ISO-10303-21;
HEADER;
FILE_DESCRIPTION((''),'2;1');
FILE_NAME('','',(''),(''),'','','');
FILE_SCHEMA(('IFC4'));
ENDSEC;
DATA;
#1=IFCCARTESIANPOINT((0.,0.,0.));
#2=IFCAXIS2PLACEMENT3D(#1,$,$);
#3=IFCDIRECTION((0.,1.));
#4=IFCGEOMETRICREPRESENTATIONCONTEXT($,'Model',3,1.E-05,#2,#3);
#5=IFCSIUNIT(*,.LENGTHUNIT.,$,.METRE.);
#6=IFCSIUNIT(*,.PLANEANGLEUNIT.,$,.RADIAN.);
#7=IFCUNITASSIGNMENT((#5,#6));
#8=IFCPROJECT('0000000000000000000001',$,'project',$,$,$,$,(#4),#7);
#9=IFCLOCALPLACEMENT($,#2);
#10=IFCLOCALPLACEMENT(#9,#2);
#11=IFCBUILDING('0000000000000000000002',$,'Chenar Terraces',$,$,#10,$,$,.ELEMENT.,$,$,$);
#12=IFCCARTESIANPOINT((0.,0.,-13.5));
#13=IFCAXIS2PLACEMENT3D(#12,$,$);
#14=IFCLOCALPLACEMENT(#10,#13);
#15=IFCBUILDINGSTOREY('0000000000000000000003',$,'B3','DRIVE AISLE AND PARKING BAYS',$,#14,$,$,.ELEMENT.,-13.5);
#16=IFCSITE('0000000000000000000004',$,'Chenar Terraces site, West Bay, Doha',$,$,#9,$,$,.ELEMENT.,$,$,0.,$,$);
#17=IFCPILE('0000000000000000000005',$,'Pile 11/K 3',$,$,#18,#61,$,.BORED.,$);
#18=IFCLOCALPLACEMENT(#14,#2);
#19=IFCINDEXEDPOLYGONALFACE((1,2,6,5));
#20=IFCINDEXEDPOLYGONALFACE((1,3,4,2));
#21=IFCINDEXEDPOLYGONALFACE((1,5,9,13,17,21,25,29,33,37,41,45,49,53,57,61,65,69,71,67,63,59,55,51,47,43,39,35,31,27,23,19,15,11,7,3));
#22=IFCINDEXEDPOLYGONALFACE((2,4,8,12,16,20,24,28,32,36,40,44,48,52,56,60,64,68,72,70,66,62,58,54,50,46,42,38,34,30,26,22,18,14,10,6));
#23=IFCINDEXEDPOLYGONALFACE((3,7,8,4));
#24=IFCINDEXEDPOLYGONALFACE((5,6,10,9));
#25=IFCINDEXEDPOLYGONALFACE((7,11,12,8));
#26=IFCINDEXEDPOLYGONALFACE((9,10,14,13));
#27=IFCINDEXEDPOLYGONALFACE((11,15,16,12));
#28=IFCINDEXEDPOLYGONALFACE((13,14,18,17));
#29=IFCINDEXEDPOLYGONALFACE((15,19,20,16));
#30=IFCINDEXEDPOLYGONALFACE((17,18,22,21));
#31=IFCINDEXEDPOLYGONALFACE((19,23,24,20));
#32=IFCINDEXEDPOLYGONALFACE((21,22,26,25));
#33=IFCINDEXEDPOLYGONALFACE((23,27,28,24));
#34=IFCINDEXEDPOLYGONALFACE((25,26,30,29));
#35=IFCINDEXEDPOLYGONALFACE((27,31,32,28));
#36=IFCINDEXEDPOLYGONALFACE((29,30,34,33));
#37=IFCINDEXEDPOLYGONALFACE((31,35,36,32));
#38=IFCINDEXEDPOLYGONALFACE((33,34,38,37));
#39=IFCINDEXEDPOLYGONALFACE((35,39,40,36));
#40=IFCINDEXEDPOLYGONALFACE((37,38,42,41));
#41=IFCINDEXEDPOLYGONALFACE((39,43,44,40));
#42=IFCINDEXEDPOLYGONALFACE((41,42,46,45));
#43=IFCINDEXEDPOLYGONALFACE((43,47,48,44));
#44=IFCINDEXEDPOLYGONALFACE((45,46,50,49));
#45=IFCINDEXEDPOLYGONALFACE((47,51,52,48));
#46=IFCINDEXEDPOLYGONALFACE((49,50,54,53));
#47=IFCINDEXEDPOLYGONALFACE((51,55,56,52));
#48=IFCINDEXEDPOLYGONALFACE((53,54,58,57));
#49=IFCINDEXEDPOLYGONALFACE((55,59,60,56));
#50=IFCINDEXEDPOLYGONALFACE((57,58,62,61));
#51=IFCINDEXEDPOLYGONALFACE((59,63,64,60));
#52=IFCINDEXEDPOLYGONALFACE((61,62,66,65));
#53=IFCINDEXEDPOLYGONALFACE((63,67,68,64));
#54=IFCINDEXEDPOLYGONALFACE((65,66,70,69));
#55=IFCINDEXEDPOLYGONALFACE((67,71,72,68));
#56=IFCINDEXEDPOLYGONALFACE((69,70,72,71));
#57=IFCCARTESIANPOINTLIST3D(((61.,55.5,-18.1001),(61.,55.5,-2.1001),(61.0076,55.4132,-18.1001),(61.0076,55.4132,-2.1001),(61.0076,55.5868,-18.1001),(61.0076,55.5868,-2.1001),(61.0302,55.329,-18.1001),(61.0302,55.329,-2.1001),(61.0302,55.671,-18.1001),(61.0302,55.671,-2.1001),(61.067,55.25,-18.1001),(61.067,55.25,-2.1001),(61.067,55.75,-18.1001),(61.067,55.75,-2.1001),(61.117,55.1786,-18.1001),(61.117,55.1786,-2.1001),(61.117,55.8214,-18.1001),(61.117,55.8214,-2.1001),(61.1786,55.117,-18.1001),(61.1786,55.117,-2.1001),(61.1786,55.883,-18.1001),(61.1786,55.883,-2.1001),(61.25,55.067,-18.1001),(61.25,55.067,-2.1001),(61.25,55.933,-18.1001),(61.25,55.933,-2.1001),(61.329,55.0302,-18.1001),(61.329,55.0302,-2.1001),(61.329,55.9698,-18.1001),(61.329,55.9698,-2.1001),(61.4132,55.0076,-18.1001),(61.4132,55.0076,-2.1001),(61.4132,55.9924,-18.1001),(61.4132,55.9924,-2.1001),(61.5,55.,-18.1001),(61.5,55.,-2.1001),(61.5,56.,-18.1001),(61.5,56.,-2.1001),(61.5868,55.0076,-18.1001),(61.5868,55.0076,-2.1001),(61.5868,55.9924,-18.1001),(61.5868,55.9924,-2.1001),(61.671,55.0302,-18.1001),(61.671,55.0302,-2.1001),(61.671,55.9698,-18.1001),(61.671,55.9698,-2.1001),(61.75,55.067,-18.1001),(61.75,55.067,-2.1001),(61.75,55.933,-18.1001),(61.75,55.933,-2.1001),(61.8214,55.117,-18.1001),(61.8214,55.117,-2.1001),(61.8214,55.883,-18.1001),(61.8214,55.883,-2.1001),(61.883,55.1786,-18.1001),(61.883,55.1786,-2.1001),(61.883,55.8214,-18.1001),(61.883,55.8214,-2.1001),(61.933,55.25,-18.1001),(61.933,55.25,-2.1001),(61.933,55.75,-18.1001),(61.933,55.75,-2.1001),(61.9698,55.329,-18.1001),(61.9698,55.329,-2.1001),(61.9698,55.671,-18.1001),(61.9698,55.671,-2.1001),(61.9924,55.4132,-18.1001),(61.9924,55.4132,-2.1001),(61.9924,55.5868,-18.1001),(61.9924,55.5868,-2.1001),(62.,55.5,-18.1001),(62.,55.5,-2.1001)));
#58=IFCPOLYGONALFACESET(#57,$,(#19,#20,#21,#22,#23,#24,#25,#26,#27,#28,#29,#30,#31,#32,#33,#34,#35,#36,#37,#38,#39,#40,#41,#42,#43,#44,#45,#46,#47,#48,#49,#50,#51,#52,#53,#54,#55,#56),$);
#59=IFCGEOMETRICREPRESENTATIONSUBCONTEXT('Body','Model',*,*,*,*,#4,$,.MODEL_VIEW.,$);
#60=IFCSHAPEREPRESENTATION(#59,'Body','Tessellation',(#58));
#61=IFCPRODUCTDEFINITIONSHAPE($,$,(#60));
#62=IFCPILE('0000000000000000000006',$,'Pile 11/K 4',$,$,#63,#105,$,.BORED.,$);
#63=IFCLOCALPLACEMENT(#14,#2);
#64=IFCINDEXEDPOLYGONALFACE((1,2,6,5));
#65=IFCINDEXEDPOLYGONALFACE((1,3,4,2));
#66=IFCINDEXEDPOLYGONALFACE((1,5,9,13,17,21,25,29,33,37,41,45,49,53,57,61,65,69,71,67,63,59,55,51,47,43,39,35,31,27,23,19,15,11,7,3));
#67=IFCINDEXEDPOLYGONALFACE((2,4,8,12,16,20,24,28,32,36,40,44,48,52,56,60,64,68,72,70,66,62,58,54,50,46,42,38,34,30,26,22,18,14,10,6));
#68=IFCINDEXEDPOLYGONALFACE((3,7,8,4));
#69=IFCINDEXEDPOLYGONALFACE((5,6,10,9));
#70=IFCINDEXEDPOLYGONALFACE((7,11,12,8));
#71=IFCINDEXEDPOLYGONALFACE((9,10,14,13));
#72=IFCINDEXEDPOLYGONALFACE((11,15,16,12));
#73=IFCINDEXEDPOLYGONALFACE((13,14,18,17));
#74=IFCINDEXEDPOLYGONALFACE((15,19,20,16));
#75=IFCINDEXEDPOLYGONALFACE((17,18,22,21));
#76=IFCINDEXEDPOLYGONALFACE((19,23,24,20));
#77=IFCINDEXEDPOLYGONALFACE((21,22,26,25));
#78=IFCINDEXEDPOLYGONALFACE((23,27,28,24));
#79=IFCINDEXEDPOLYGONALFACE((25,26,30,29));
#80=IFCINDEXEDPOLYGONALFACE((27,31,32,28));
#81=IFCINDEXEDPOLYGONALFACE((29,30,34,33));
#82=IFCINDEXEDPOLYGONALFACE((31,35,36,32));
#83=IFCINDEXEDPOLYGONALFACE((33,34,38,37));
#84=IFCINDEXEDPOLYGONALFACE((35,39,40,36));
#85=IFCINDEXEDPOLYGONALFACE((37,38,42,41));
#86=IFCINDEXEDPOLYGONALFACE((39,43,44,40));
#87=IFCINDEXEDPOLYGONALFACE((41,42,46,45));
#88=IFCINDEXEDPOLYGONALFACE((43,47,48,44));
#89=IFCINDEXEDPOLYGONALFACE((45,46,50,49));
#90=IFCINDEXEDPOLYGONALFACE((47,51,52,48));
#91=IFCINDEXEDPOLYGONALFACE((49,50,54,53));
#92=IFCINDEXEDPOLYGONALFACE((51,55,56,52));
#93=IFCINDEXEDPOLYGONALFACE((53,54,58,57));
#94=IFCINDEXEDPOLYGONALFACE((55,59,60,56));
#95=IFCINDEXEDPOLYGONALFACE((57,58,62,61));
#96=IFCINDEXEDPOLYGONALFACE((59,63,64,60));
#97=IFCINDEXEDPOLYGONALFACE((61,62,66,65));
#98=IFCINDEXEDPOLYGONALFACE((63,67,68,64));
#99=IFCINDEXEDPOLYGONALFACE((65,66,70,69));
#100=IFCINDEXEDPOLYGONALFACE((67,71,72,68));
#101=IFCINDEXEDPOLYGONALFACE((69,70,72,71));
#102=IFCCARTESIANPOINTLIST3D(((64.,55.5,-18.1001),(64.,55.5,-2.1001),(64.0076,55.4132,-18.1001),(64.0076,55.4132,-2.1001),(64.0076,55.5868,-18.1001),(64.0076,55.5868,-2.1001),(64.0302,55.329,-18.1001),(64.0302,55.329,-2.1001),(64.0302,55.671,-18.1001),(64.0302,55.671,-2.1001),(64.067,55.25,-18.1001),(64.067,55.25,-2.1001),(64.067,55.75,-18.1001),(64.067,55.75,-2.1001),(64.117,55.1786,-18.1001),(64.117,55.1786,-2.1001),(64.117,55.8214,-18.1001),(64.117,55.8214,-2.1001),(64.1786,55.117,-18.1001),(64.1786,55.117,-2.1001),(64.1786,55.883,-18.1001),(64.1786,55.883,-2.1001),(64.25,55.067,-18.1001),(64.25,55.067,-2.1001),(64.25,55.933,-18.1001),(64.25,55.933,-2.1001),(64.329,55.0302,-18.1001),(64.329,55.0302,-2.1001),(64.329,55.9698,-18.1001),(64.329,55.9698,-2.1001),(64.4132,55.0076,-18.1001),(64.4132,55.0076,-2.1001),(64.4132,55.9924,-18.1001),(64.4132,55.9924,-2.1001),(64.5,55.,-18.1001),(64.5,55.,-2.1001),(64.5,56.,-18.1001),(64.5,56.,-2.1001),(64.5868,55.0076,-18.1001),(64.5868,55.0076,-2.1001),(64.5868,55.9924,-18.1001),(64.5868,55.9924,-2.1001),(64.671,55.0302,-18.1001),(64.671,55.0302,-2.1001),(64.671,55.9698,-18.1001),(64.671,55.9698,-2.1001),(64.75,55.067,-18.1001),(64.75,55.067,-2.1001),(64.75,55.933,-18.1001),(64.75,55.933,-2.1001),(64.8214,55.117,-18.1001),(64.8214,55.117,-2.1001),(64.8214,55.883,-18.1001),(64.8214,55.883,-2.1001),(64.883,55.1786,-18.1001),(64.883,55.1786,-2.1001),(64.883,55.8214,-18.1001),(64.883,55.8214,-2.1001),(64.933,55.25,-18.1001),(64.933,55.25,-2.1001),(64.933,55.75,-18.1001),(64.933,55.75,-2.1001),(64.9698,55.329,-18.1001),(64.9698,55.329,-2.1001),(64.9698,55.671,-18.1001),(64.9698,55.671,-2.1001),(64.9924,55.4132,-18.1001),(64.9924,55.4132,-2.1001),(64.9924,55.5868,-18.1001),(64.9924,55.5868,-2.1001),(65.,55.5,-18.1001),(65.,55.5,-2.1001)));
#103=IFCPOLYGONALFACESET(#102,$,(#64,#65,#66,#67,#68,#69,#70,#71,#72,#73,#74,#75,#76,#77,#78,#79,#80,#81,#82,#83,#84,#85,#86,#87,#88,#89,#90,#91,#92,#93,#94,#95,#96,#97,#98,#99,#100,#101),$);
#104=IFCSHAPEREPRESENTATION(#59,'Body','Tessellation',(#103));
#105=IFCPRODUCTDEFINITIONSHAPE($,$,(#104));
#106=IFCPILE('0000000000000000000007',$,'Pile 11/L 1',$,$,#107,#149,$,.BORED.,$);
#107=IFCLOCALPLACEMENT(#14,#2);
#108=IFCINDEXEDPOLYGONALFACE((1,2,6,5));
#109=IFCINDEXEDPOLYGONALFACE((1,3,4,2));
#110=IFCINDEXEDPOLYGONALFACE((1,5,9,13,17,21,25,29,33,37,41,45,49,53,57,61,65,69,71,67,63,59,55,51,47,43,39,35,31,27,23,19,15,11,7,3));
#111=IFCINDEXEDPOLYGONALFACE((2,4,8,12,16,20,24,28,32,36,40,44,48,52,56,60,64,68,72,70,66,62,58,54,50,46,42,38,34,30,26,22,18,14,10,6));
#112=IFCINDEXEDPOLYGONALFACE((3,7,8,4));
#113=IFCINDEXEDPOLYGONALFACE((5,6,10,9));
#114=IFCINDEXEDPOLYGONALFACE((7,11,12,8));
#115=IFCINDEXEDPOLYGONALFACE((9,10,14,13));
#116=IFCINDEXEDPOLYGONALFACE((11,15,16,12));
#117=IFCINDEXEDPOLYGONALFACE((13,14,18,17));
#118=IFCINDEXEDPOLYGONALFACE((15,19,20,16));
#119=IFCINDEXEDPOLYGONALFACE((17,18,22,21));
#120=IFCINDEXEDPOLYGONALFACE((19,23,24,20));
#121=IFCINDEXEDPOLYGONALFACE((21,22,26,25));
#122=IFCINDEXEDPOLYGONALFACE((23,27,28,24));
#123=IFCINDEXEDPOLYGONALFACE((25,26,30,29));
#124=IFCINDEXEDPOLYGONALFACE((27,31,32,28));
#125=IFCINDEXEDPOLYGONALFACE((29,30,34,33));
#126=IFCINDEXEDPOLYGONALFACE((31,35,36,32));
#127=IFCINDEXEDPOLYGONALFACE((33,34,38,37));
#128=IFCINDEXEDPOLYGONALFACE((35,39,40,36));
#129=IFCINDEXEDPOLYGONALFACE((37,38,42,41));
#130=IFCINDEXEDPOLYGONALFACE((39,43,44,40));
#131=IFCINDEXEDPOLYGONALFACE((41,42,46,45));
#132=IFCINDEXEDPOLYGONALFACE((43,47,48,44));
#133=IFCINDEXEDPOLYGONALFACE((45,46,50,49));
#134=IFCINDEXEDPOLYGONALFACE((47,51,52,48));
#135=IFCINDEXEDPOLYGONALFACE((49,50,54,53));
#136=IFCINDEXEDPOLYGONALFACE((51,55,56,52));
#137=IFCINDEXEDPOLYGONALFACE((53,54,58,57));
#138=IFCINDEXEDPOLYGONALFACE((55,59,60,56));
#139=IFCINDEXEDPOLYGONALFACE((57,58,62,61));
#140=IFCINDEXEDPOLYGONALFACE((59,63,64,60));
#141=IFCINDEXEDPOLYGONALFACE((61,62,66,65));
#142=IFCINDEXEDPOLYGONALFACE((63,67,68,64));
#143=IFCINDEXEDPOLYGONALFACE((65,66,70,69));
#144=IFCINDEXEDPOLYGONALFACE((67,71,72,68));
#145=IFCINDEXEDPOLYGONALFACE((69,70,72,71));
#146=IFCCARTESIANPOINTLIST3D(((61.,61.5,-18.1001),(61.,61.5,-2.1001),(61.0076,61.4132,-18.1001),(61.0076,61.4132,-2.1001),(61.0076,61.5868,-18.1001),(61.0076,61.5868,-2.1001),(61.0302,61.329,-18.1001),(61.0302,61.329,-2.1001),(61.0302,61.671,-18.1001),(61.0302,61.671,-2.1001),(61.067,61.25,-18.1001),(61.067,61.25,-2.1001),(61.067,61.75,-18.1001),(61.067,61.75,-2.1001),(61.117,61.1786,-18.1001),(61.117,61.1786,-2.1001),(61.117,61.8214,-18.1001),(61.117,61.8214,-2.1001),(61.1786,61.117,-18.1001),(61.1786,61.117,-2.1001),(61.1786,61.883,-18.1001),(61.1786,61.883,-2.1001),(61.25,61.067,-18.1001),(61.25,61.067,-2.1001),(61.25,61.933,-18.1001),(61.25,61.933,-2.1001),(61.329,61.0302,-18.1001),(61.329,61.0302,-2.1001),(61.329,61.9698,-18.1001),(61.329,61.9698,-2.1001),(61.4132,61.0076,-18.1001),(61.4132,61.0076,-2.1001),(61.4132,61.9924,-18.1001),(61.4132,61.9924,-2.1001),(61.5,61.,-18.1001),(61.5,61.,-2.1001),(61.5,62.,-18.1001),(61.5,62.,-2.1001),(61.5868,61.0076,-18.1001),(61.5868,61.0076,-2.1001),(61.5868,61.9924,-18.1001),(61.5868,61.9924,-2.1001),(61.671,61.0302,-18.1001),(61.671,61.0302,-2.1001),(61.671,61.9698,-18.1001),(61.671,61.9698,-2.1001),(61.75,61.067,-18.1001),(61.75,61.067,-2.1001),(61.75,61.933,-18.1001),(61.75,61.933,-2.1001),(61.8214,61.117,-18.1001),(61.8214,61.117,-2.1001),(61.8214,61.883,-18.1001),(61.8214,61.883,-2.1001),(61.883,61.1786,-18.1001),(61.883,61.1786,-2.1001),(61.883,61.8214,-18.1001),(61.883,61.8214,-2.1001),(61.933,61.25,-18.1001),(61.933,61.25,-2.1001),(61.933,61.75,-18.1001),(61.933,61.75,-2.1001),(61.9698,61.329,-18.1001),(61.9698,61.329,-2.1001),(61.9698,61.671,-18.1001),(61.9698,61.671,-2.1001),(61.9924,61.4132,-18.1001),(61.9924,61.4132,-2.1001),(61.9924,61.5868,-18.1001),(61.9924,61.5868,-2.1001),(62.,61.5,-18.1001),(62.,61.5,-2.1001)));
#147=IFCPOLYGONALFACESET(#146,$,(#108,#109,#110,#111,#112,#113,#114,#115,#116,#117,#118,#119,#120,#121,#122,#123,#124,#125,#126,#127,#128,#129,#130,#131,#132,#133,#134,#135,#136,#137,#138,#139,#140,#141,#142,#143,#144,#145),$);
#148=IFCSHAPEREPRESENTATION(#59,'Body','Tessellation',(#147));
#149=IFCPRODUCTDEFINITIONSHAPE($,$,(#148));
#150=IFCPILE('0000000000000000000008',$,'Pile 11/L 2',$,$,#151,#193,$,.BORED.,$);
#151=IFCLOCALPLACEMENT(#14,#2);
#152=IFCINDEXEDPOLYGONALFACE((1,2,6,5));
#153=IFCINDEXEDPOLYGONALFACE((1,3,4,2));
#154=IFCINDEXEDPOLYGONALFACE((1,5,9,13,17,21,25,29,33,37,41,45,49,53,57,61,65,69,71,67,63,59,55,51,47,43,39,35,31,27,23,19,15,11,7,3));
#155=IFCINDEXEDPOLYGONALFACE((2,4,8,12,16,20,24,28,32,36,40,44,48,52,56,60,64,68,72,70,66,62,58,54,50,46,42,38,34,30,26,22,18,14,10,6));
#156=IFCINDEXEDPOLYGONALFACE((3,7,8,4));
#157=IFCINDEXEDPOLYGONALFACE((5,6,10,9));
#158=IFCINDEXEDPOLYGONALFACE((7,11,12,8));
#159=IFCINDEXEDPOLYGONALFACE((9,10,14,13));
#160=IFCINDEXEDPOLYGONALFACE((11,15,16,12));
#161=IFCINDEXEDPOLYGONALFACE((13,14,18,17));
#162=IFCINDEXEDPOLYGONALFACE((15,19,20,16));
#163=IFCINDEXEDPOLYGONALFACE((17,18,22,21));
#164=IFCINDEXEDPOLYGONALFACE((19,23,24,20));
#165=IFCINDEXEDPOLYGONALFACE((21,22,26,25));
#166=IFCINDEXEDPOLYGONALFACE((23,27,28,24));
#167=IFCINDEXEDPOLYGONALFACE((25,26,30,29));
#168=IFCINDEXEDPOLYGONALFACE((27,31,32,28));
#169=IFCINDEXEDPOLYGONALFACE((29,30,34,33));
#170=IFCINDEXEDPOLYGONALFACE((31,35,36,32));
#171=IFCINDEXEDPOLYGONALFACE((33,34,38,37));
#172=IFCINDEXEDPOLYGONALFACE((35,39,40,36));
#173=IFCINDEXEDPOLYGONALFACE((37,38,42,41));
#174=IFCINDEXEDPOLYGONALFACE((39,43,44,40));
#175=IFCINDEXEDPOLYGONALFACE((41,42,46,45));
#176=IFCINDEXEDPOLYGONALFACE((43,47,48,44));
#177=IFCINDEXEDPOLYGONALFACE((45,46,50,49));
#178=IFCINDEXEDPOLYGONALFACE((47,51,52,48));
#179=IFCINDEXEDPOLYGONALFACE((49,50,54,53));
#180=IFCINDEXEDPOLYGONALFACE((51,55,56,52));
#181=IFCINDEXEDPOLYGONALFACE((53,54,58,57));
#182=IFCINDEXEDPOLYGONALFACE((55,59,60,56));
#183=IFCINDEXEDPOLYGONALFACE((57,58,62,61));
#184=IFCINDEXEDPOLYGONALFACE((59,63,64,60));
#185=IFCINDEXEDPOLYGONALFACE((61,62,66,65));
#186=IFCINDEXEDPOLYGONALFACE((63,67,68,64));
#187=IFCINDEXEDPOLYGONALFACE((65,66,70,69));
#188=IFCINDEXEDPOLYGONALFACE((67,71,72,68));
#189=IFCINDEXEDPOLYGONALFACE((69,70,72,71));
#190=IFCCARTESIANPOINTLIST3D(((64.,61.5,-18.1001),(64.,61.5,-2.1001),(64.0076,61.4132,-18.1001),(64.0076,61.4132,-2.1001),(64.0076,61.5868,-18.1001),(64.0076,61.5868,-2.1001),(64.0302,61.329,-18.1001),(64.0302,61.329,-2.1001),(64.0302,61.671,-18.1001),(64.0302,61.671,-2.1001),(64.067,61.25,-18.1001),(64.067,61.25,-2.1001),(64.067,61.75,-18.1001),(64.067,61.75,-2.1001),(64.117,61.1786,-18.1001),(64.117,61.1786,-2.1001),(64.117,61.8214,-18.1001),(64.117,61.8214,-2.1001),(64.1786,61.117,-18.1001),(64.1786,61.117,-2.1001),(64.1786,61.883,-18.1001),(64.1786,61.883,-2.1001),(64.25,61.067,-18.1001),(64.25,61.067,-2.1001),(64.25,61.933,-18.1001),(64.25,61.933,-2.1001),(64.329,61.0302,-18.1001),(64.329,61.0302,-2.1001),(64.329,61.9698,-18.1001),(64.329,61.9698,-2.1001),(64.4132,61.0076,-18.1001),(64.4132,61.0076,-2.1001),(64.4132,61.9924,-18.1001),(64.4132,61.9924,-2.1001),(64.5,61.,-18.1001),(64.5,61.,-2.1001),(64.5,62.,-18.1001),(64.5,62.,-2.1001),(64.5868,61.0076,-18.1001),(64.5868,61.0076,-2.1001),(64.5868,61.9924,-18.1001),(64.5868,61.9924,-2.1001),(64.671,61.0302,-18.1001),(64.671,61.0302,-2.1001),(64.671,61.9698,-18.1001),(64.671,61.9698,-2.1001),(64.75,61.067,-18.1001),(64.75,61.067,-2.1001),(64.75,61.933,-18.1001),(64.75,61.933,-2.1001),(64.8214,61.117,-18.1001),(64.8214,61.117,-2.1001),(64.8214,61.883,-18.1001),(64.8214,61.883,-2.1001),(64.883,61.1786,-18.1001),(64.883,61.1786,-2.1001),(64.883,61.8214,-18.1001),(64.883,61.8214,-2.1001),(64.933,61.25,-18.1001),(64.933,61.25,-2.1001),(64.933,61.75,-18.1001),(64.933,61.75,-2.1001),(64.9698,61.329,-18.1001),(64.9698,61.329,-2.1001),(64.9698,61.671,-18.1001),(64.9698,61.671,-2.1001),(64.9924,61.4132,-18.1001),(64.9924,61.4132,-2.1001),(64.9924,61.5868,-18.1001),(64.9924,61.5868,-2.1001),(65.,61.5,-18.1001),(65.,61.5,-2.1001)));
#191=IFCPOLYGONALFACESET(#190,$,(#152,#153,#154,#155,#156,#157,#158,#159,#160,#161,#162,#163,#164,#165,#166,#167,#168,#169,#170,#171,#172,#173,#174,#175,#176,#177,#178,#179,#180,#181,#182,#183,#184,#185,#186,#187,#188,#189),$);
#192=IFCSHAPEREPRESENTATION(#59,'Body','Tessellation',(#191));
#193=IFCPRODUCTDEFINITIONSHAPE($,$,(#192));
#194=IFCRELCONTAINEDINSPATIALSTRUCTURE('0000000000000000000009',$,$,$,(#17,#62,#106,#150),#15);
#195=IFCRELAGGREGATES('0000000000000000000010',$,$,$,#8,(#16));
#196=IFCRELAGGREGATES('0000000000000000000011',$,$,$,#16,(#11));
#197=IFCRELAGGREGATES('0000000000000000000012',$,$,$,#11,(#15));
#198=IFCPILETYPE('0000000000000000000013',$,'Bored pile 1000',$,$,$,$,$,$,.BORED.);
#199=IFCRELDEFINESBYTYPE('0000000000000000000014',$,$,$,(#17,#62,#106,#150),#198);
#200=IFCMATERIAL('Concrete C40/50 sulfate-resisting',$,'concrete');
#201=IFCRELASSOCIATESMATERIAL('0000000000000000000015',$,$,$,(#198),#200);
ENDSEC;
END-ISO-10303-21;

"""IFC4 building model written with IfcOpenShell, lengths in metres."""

from ifc_helpers import new_model, si_unit, direction, frame, origin, origin_2d, place, context, subcontext, project, spatial, circle, extrude, material, material_profile, profile_set, type_object, element, save


model = new_model("IFC4")

# Units and contexts
model_context = context("Model", 3, precision=1e-05, world=origin(), true_north=direction((0.0, 1.0)))
body_context = subcontext(model_context, "Body", "Model", "MODEL_VIEW")
ifc_project = project(units=[si_unit("LENGTHUNIT", "METRE"), si_unit("PLANEANGLEUNIT", "RADIAN")], contexts=[model_context])

# Site, building, storey
site_placement = place(None, origin())
site = spatial("IfcSite", under=ifc_project, at=site_placement, Name="Chenar Terraces site, West Bay, Doha", CompositionType="ELEMENT", RefElevation=0.0)
building_placement = place(site_placement, origin())
building = spatial("IfcBuilding", under=site, at=building_placement, Name="Chenar Terraces", CompositionType="ELEMENT")
storey_placement = place(building_placement, frame((0.0, 0.0, -13.5)))
storey = spatial("IfcBuildingStorey", under=building, at=storey_placement, Name="B3", Description="DRIVE AISLE AND PARKING BAYS", CompositionType="ELEMENT", Elevation=-13.5)

# Piles
ifc_material_1 = material(Name="Concrete C40/50 sulfate-resisting", Category="concrete")
ifc_material_profile_1 = material_profile(ifc_material_1, circle(Radius=0.5, at=origin_2d()), Name="BP 1000")
ifc_profile_set_1 = profile_set([ifc_material_profile_1], Name="Concrete C40/50 sulfate-resisting")
pile_type = type_object("IfcPileType", Name="Bored pile 1000", PredefinedType="BORED", material=ifc_profile_set_1)
for number, where, z_axis, x_axis, name in (
    (1, (61.5, 55.5, -2.1001), (0.0, 0.0, -1.0), (1.0, 0.0, 0.0), "Pile 11/K 3"),
    (2, (64.5, 55.5, -2.1001), (0.0, 0.0, -1.0), (1.0, 0.0, 0.0), "Pile 11/K 4"),
    (3, (61.5, 61.5, -2.1001), (0.0, 0.0, -1.0), (1.0, 0.0, 0.0), "Pile 11/L 1"),
    (4, (64.5, 61.5, -2.1001), (0.0, 0.0, -1.0), (1.0, 0.0, 0.0), "Pile 11/L 2"),
):
    element("IfcPile", number, at=place(storey_placement, frame(where, z_axis=z_axis, x_axis=x_axis)), inside=storey, type_object=pile_type, Name=name, PredefinedType="BORED", context=body_context, shape_type="SweptSolid", body=[
        extrude(circle(Radius=0.5, at=origin_2d()), origin(), (0.0, 0.0, 1.0), 16.0),
    ])

save(model, "model.ifc")
